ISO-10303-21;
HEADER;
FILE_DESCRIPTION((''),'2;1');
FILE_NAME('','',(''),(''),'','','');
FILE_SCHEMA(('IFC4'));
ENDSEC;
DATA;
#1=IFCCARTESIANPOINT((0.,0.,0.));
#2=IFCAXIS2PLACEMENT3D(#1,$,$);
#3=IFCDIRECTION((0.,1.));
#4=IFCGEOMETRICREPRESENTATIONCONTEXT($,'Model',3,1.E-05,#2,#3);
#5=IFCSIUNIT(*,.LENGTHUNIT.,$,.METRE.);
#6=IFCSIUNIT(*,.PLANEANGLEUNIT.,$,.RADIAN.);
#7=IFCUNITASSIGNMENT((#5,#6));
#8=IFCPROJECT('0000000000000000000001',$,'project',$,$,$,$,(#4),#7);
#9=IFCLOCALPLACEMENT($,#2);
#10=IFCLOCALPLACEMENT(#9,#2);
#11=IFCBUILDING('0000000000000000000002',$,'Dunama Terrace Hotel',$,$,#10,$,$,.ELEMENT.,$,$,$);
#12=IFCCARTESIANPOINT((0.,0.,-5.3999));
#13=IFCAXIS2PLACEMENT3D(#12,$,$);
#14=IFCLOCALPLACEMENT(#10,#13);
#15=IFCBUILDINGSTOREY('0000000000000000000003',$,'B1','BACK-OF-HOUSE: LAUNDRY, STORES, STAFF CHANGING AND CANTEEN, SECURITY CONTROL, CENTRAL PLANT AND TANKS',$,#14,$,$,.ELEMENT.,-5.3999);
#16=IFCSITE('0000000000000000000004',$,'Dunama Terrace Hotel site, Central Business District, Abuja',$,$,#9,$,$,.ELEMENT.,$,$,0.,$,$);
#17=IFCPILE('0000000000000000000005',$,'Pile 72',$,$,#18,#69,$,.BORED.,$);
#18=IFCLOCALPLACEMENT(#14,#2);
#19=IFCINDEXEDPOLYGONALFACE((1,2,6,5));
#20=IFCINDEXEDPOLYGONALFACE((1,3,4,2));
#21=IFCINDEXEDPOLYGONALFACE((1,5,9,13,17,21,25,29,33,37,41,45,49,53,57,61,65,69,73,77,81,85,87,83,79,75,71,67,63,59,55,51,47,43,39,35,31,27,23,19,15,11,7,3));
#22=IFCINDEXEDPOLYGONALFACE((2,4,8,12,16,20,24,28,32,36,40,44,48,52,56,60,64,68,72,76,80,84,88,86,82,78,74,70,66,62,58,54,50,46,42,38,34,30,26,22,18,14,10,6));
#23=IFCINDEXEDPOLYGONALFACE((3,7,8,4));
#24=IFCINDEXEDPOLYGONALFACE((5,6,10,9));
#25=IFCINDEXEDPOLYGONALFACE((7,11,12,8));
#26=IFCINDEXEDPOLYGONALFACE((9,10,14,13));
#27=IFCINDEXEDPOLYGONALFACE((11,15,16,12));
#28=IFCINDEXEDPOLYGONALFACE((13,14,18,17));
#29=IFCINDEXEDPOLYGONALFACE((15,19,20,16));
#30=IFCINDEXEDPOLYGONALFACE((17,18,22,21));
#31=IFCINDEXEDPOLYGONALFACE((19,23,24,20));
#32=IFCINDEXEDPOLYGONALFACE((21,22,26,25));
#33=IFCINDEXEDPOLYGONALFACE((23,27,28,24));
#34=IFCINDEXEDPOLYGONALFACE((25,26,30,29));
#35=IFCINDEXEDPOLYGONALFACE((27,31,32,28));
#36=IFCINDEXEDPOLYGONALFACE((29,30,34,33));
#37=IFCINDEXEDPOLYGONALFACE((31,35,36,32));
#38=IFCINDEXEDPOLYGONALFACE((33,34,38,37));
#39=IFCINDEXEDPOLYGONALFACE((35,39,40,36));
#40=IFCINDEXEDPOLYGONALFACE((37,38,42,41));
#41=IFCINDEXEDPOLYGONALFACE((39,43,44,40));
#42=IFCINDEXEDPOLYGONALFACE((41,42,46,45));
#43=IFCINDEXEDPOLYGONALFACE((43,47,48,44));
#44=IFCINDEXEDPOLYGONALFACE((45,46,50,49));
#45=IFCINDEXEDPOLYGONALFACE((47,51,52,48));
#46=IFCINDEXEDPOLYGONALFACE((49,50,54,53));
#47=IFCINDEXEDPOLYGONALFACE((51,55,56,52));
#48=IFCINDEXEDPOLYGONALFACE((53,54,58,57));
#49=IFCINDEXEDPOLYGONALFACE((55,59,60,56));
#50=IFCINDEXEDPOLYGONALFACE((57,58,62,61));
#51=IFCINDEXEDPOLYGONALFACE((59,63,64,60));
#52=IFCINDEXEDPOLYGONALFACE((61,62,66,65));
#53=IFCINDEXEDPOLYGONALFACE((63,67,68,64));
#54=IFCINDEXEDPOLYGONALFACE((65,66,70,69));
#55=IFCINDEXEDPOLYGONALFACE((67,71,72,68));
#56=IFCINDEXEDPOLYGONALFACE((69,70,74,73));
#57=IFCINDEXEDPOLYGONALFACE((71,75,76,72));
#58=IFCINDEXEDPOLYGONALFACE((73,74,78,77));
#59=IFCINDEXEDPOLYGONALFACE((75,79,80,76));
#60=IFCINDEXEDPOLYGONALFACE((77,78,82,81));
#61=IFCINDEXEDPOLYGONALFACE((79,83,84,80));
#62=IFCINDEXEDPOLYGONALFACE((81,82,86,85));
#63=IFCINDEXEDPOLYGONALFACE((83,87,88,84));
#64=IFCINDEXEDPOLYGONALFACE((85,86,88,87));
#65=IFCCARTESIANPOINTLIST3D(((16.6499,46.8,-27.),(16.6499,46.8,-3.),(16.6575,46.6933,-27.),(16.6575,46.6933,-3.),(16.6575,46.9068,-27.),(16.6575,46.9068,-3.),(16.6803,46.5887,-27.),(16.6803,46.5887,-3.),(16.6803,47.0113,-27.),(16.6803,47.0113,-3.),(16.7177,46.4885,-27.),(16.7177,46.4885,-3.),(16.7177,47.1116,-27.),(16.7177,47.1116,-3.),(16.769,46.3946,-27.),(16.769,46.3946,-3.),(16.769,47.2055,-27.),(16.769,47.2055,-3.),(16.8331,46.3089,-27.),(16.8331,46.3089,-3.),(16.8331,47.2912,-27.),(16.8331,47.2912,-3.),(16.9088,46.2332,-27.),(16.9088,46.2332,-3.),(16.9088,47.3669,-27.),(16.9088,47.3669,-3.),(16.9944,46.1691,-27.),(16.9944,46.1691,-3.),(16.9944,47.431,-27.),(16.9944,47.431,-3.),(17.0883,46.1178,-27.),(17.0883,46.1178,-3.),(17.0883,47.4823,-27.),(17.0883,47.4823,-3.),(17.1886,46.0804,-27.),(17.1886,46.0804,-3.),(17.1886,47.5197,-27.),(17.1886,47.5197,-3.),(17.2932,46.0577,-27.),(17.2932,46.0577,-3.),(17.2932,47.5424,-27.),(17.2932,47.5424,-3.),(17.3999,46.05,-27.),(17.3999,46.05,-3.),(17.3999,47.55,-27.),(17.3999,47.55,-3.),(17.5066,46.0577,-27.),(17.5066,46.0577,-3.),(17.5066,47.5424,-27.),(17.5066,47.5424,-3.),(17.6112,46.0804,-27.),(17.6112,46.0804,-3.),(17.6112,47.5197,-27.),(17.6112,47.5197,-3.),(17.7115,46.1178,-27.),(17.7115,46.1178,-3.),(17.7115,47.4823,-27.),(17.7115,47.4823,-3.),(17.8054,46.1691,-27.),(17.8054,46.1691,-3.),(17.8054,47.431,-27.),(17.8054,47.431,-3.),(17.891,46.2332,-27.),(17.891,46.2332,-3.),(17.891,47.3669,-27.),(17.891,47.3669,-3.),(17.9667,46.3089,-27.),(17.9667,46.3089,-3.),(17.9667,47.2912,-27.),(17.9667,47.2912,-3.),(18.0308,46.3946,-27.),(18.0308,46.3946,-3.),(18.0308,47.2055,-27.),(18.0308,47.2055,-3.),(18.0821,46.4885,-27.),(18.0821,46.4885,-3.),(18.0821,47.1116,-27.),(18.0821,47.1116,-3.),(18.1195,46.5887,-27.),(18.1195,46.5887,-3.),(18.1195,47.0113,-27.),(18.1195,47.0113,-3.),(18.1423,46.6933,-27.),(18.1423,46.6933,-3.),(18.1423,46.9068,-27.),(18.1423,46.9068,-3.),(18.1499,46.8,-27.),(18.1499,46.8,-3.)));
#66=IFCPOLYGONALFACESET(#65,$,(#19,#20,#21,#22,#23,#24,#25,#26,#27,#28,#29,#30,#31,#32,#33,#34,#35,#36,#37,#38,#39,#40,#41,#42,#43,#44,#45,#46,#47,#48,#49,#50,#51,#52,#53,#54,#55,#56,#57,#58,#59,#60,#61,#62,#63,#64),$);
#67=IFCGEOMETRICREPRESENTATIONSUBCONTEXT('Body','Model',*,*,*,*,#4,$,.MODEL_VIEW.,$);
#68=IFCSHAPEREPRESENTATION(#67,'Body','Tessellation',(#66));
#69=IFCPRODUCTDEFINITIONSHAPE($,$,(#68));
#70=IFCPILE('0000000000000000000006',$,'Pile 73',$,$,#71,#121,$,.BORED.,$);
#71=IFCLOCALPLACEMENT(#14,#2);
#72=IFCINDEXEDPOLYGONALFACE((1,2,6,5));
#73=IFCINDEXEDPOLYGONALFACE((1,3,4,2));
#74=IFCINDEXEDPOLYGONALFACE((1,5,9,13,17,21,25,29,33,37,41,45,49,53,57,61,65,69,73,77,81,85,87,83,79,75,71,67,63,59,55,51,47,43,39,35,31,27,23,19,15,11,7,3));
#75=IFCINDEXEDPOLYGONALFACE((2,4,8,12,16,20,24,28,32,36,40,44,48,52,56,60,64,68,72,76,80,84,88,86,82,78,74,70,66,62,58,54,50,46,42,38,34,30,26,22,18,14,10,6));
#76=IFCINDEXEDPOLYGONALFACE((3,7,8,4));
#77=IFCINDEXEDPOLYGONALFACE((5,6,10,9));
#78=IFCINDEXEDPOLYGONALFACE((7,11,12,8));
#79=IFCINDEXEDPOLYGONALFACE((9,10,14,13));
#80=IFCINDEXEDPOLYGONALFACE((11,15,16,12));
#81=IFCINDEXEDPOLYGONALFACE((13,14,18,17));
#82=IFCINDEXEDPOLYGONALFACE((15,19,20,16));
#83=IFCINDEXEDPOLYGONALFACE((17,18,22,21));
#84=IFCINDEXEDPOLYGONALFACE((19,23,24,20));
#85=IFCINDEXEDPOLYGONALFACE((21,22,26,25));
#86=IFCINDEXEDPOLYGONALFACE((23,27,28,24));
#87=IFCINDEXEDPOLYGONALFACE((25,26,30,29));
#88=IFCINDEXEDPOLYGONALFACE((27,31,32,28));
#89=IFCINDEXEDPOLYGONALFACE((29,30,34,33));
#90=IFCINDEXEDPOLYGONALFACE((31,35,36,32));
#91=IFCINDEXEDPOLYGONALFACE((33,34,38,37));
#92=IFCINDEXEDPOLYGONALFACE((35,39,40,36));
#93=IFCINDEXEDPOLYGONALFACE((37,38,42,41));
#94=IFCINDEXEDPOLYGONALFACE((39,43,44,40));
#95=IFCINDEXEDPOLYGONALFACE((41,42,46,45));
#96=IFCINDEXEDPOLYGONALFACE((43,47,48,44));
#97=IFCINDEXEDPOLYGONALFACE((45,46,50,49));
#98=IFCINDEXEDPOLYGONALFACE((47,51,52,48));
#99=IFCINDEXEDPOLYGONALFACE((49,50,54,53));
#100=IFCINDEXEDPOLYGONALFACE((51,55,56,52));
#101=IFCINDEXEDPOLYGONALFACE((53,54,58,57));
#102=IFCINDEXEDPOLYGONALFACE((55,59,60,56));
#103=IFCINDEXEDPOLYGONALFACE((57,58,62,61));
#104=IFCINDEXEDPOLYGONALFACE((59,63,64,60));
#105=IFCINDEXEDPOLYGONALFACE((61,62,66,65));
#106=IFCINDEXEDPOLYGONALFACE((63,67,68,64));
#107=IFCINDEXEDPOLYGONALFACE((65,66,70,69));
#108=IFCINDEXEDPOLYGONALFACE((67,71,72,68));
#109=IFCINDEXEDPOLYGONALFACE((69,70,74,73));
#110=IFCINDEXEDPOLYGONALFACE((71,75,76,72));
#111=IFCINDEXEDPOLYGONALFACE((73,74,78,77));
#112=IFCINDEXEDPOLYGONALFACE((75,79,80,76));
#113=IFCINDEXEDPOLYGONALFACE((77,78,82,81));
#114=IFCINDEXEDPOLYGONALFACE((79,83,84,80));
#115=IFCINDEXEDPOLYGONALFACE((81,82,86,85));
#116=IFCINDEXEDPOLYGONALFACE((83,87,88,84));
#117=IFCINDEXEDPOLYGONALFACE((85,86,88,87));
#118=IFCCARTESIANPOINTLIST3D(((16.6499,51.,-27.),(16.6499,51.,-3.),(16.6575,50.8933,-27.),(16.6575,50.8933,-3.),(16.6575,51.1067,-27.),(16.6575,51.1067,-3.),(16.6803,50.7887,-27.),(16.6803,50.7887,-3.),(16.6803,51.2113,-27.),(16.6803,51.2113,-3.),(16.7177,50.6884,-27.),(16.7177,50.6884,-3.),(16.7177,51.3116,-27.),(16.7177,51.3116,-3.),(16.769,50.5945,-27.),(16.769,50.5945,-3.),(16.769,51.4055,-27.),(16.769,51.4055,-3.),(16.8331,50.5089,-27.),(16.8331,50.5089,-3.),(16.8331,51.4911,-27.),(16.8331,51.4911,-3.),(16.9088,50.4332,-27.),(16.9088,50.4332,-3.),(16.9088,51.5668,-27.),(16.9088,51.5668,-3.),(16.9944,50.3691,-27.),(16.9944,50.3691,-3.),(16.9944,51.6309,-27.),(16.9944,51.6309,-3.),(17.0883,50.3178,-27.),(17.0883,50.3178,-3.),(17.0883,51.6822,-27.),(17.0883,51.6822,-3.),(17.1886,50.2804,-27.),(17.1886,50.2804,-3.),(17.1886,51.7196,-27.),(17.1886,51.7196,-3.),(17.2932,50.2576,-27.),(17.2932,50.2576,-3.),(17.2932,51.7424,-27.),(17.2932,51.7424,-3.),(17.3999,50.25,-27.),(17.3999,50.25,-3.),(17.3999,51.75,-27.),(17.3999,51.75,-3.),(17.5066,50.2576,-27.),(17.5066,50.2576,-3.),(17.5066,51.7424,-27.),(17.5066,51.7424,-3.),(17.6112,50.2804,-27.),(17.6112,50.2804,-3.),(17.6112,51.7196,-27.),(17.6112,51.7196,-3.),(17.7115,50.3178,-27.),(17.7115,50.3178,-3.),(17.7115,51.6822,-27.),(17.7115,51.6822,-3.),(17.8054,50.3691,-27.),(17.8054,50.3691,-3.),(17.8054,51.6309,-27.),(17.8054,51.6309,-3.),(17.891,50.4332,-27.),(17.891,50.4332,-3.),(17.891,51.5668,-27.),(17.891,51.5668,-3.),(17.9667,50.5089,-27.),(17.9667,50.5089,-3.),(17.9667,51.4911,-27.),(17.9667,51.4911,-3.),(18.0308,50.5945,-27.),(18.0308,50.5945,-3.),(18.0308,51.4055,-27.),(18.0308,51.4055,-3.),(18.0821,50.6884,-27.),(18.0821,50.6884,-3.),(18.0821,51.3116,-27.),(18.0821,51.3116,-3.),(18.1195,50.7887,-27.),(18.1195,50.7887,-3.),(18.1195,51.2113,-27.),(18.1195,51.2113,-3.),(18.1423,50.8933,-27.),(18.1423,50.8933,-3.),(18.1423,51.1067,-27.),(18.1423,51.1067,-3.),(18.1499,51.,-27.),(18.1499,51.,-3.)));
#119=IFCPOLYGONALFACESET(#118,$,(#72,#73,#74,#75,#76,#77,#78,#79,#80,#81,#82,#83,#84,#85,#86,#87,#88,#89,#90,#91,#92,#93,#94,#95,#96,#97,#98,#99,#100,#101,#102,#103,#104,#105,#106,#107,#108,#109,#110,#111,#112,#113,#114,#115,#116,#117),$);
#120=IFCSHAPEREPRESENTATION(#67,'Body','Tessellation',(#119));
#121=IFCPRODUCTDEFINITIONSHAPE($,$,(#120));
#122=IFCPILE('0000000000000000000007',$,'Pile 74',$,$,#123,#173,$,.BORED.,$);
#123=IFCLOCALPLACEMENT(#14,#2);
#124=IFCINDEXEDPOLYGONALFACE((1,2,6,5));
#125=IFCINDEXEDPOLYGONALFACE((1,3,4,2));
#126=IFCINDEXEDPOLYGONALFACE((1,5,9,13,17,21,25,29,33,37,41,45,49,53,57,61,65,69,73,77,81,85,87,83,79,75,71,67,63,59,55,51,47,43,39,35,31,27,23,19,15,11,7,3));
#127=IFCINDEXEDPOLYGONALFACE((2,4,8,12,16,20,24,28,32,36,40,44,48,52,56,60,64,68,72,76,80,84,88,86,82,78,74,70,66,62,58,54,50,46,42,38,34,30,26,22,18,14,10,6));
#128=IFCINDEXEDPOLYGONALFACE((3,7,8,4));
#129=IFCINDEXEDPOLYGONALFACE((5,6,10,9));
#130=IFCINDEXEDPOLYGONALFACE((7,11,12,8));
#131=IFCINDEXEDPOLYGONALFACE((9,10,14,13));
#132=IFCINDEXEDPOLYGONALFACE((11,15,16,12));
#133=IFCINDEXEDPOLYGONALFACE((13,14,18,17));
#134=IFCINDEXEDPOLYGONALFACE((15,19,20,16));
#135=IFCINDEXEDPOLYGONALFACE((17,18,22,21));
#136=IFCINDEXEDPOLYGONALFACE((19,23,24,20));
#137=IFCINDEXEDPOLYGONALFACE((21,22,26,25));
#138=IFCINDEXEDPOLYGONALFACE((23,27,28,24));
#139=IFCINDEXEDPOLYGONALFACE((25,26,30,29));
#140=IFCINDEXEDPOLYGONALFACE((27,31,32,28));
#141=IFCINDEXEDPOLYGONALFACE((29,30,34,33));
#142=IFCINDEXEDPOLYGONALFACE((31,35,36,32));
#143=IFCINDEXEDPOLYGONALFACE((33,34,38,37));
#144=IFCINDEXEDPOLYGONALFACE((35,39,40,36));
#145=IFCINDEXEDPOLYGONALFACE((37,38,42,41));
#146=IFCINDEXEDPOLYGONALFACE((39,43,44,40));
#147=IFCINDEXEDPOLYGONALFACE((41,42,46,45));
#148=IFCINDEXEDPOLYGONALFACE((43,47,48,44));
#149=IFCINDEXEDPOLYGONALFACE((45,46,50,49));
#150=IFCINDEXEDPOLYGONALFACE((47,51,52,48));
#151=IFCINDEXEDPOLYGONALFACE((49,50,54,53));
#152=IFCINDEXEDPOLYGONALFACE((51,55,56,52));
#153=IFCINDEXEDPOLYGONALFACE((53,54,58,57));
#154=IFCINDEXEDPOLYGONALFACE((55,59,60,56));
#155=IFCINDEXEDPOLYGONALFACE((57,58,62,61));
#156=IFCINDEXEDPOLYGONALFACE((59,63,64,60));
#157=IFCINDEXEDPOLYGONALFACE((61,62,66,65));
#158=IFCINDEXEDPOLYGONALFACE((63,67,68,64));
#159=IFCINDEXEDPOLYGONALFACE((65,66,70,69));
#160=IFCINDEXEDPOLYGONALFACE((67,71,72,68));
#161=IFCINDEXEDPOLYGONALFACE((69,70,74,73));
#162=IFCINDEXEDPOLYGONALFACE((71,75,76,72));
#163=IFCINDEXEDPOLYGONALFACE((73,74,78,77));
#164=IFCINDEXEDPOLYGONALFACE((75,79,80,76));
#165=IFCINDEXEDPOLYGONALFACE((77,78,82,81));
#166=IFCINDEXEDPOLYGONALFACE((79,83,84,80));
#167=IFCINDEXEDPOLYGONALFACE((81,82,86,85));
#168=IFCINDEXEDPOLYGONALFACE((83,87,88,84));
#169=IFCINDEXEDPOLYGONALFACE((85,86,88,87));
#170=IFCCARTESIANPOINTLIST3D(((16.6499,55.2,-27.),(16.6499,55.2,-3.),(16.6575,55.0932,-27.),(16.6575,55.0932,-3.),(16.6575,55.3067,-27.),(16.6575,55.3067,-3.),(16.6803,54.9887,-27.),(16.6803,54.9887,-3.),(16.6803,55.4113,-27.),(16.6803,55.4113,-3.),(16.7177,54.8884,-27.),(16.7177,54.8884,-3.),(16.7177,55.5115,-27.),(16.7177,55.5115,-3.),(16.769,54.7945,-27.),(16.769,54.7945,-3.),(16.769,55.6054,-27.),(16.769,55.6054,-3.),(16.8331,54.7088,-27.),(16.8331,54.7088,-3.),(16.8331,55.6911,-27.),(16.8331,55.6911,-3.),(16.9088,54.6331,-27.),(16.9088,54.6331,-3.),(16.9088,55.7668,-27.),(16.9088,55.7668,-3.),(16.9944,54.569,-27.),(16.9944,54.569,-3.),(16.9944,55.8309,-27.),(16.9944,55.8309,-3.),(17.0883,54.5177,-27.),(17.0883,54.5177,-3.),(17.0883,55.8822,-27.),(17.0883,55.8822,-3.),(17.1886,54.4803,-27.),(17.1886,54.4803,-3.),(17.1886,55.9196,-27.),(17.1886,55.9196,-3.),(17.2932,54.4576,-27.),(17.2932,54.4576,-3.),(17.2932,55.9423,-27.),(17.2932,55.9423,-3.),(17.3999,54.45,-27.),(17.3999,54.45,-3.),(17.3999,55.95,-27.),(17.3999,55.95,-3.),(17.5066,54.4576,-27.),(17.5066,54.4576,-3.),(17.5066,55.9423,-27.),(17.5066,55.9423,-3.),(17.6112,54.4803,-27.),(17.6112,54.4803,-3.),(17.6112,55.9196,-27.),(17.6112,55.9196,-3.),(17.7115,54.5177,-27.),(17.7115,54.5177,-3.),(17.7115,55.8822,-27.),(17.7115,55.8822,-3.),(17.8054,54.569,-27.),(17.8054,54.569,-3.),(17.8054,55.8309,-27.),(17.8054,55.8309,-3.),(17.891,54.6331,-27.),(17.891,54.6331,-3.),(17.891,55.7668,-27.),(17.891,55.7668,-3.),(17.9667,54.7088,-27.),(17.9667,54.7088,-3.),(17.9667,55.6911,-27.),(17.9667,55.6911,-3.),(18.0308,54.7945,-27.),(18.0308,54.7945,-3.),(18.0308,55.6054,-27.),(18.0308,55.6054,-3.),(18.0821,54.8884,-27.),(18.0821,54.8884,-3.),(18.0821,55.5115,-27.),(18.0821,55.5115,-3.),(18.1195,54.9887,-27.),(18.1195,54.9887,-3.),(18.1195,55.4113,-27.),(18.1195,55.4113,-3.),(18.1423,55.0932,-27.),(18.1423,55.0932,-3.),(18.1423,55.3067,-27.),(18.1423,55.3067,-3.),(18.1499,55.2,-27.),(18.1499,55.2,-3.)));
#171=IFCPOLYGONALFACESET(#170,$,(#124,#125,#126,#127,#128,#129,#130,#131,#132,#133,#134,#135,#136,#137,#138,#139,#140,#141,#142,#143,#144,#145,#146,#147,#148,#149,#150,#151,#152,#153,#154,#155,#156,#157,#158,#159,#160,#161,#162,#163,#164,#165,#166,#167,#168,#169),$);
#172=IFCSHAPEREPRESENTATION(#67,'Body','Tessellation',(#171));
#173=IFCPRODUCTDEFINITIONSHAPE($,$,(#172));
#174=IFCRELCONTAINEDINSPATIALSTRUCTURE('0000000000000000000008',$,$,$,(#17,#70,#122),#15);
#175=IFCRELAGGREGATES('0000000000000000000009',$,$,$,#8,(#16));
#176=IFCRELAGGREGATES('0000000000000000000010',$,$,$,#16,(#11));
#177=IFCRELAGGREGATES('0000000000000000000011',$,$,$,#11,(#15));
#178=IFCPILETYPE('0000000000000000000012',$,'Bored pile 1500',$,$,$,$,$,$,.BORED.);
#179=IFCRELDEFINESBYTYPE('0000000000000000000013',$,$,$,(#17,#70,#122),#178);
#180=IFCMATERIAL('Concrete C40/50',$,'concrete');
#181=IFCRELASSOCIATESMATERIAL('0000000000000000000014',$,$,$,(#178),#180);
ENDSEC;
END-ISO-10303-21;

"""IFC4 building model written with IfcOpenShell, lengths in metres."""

from ifc_helpers import new_model, si_unit, direction, frame, origin, origin_2d, place, context, subcontext, project, spatial, circle, extrude, material, material_profile, profile_set, type_object, element, save


model = new_model("IFC4")

# Units and contexts
model_context = context("Model", 3, precision=1e-05, world=origin(), true_north=direction((0.0, 1.0)))
body_context = subcontext(model_context, "Body", "Model", "MODEL_VIEW")
ifc_project = project(units=[si_unit("LENGTHUNIT", "METRE"), si_unit("PLANEANGLEUNIT", "RADIAN")], contexts=[model_context])

# Site, building, storey
site_placement = place(None, origin())
site = spatial("IfcSite", under=ifc_project, at=site_placement, Name="Dunama Terrace Hotel site, Central Business District, Abuja", CompositionType="ELEMENT", RefElevation=0.0)
building_placement = place(site_placement, origin())
building = spatial("IfcBuilding", under=site, at=building_placement, Name="Dunama Terrace Hotel", CompositionType="ELEMENT")
storey_placement = place(building_placement, frame((0.0, 0.0, -5.3999)))
storey = spatial("IfcBuildingStorey", under=building, at=storey_placement, Name="B1", Description="BACK-OF-HOUSE: LAUNDRY, STORES, STAFF CHANGING AND CANTEEN, SECURITY CONTROL, CENTRAL PLANT AND TANKS", CompositionType="ELEMENT", Elevation=-5.3999)

# Piles
ifc_material_1 = material(Name="Concrete C40/50", Category="concrete")
ifc_material_profile_1 = material_profile(ifc_material_1, circle(Radius=0.75, at=origin_2d()), Name="PILE D1500")
ifc_profile_set_1 = profile_set([ifc_material_profile_1], Name="Concrete C40/50")
pile_type = type_object("IfcPileType", Name="Bored pile 1500", PredefinedType="BORED", material=ifc_profile_set_1)
for number, where, z_axis, x_axis, name in (
    (1, (17.3999, 46.8, -3.0), (0.0, 0.0, -1.0), (1.0, 0.0, 0.0), "Pile 72"),
    (2, (17.3999, 51.0, -3.0), (0.0, 0.0, -1.0), (1.0, 0.0, 0.0), "Pile 73"),
    (3, (17.3999, 55.2, -3.0), (0.0, 0.0, -1.0), (1.0, 0.0, 0.0), "Pile 74"),
):
    element("IfcPile", number, at=place(storey_placement, frame(where, z_axis=z_axis, x_axis=x_axis)), inside=storey, type_object=pile_type, Name=name, PredefinedType="BORED", context=body_context, shape_type="SweptSolid", body=[
        extrude(circle(Radius=0.75, at=origin_2d()), origin(), (0.0, 0.0, 1.0), 24.0),
    ])

save(model, "model.ifc")
